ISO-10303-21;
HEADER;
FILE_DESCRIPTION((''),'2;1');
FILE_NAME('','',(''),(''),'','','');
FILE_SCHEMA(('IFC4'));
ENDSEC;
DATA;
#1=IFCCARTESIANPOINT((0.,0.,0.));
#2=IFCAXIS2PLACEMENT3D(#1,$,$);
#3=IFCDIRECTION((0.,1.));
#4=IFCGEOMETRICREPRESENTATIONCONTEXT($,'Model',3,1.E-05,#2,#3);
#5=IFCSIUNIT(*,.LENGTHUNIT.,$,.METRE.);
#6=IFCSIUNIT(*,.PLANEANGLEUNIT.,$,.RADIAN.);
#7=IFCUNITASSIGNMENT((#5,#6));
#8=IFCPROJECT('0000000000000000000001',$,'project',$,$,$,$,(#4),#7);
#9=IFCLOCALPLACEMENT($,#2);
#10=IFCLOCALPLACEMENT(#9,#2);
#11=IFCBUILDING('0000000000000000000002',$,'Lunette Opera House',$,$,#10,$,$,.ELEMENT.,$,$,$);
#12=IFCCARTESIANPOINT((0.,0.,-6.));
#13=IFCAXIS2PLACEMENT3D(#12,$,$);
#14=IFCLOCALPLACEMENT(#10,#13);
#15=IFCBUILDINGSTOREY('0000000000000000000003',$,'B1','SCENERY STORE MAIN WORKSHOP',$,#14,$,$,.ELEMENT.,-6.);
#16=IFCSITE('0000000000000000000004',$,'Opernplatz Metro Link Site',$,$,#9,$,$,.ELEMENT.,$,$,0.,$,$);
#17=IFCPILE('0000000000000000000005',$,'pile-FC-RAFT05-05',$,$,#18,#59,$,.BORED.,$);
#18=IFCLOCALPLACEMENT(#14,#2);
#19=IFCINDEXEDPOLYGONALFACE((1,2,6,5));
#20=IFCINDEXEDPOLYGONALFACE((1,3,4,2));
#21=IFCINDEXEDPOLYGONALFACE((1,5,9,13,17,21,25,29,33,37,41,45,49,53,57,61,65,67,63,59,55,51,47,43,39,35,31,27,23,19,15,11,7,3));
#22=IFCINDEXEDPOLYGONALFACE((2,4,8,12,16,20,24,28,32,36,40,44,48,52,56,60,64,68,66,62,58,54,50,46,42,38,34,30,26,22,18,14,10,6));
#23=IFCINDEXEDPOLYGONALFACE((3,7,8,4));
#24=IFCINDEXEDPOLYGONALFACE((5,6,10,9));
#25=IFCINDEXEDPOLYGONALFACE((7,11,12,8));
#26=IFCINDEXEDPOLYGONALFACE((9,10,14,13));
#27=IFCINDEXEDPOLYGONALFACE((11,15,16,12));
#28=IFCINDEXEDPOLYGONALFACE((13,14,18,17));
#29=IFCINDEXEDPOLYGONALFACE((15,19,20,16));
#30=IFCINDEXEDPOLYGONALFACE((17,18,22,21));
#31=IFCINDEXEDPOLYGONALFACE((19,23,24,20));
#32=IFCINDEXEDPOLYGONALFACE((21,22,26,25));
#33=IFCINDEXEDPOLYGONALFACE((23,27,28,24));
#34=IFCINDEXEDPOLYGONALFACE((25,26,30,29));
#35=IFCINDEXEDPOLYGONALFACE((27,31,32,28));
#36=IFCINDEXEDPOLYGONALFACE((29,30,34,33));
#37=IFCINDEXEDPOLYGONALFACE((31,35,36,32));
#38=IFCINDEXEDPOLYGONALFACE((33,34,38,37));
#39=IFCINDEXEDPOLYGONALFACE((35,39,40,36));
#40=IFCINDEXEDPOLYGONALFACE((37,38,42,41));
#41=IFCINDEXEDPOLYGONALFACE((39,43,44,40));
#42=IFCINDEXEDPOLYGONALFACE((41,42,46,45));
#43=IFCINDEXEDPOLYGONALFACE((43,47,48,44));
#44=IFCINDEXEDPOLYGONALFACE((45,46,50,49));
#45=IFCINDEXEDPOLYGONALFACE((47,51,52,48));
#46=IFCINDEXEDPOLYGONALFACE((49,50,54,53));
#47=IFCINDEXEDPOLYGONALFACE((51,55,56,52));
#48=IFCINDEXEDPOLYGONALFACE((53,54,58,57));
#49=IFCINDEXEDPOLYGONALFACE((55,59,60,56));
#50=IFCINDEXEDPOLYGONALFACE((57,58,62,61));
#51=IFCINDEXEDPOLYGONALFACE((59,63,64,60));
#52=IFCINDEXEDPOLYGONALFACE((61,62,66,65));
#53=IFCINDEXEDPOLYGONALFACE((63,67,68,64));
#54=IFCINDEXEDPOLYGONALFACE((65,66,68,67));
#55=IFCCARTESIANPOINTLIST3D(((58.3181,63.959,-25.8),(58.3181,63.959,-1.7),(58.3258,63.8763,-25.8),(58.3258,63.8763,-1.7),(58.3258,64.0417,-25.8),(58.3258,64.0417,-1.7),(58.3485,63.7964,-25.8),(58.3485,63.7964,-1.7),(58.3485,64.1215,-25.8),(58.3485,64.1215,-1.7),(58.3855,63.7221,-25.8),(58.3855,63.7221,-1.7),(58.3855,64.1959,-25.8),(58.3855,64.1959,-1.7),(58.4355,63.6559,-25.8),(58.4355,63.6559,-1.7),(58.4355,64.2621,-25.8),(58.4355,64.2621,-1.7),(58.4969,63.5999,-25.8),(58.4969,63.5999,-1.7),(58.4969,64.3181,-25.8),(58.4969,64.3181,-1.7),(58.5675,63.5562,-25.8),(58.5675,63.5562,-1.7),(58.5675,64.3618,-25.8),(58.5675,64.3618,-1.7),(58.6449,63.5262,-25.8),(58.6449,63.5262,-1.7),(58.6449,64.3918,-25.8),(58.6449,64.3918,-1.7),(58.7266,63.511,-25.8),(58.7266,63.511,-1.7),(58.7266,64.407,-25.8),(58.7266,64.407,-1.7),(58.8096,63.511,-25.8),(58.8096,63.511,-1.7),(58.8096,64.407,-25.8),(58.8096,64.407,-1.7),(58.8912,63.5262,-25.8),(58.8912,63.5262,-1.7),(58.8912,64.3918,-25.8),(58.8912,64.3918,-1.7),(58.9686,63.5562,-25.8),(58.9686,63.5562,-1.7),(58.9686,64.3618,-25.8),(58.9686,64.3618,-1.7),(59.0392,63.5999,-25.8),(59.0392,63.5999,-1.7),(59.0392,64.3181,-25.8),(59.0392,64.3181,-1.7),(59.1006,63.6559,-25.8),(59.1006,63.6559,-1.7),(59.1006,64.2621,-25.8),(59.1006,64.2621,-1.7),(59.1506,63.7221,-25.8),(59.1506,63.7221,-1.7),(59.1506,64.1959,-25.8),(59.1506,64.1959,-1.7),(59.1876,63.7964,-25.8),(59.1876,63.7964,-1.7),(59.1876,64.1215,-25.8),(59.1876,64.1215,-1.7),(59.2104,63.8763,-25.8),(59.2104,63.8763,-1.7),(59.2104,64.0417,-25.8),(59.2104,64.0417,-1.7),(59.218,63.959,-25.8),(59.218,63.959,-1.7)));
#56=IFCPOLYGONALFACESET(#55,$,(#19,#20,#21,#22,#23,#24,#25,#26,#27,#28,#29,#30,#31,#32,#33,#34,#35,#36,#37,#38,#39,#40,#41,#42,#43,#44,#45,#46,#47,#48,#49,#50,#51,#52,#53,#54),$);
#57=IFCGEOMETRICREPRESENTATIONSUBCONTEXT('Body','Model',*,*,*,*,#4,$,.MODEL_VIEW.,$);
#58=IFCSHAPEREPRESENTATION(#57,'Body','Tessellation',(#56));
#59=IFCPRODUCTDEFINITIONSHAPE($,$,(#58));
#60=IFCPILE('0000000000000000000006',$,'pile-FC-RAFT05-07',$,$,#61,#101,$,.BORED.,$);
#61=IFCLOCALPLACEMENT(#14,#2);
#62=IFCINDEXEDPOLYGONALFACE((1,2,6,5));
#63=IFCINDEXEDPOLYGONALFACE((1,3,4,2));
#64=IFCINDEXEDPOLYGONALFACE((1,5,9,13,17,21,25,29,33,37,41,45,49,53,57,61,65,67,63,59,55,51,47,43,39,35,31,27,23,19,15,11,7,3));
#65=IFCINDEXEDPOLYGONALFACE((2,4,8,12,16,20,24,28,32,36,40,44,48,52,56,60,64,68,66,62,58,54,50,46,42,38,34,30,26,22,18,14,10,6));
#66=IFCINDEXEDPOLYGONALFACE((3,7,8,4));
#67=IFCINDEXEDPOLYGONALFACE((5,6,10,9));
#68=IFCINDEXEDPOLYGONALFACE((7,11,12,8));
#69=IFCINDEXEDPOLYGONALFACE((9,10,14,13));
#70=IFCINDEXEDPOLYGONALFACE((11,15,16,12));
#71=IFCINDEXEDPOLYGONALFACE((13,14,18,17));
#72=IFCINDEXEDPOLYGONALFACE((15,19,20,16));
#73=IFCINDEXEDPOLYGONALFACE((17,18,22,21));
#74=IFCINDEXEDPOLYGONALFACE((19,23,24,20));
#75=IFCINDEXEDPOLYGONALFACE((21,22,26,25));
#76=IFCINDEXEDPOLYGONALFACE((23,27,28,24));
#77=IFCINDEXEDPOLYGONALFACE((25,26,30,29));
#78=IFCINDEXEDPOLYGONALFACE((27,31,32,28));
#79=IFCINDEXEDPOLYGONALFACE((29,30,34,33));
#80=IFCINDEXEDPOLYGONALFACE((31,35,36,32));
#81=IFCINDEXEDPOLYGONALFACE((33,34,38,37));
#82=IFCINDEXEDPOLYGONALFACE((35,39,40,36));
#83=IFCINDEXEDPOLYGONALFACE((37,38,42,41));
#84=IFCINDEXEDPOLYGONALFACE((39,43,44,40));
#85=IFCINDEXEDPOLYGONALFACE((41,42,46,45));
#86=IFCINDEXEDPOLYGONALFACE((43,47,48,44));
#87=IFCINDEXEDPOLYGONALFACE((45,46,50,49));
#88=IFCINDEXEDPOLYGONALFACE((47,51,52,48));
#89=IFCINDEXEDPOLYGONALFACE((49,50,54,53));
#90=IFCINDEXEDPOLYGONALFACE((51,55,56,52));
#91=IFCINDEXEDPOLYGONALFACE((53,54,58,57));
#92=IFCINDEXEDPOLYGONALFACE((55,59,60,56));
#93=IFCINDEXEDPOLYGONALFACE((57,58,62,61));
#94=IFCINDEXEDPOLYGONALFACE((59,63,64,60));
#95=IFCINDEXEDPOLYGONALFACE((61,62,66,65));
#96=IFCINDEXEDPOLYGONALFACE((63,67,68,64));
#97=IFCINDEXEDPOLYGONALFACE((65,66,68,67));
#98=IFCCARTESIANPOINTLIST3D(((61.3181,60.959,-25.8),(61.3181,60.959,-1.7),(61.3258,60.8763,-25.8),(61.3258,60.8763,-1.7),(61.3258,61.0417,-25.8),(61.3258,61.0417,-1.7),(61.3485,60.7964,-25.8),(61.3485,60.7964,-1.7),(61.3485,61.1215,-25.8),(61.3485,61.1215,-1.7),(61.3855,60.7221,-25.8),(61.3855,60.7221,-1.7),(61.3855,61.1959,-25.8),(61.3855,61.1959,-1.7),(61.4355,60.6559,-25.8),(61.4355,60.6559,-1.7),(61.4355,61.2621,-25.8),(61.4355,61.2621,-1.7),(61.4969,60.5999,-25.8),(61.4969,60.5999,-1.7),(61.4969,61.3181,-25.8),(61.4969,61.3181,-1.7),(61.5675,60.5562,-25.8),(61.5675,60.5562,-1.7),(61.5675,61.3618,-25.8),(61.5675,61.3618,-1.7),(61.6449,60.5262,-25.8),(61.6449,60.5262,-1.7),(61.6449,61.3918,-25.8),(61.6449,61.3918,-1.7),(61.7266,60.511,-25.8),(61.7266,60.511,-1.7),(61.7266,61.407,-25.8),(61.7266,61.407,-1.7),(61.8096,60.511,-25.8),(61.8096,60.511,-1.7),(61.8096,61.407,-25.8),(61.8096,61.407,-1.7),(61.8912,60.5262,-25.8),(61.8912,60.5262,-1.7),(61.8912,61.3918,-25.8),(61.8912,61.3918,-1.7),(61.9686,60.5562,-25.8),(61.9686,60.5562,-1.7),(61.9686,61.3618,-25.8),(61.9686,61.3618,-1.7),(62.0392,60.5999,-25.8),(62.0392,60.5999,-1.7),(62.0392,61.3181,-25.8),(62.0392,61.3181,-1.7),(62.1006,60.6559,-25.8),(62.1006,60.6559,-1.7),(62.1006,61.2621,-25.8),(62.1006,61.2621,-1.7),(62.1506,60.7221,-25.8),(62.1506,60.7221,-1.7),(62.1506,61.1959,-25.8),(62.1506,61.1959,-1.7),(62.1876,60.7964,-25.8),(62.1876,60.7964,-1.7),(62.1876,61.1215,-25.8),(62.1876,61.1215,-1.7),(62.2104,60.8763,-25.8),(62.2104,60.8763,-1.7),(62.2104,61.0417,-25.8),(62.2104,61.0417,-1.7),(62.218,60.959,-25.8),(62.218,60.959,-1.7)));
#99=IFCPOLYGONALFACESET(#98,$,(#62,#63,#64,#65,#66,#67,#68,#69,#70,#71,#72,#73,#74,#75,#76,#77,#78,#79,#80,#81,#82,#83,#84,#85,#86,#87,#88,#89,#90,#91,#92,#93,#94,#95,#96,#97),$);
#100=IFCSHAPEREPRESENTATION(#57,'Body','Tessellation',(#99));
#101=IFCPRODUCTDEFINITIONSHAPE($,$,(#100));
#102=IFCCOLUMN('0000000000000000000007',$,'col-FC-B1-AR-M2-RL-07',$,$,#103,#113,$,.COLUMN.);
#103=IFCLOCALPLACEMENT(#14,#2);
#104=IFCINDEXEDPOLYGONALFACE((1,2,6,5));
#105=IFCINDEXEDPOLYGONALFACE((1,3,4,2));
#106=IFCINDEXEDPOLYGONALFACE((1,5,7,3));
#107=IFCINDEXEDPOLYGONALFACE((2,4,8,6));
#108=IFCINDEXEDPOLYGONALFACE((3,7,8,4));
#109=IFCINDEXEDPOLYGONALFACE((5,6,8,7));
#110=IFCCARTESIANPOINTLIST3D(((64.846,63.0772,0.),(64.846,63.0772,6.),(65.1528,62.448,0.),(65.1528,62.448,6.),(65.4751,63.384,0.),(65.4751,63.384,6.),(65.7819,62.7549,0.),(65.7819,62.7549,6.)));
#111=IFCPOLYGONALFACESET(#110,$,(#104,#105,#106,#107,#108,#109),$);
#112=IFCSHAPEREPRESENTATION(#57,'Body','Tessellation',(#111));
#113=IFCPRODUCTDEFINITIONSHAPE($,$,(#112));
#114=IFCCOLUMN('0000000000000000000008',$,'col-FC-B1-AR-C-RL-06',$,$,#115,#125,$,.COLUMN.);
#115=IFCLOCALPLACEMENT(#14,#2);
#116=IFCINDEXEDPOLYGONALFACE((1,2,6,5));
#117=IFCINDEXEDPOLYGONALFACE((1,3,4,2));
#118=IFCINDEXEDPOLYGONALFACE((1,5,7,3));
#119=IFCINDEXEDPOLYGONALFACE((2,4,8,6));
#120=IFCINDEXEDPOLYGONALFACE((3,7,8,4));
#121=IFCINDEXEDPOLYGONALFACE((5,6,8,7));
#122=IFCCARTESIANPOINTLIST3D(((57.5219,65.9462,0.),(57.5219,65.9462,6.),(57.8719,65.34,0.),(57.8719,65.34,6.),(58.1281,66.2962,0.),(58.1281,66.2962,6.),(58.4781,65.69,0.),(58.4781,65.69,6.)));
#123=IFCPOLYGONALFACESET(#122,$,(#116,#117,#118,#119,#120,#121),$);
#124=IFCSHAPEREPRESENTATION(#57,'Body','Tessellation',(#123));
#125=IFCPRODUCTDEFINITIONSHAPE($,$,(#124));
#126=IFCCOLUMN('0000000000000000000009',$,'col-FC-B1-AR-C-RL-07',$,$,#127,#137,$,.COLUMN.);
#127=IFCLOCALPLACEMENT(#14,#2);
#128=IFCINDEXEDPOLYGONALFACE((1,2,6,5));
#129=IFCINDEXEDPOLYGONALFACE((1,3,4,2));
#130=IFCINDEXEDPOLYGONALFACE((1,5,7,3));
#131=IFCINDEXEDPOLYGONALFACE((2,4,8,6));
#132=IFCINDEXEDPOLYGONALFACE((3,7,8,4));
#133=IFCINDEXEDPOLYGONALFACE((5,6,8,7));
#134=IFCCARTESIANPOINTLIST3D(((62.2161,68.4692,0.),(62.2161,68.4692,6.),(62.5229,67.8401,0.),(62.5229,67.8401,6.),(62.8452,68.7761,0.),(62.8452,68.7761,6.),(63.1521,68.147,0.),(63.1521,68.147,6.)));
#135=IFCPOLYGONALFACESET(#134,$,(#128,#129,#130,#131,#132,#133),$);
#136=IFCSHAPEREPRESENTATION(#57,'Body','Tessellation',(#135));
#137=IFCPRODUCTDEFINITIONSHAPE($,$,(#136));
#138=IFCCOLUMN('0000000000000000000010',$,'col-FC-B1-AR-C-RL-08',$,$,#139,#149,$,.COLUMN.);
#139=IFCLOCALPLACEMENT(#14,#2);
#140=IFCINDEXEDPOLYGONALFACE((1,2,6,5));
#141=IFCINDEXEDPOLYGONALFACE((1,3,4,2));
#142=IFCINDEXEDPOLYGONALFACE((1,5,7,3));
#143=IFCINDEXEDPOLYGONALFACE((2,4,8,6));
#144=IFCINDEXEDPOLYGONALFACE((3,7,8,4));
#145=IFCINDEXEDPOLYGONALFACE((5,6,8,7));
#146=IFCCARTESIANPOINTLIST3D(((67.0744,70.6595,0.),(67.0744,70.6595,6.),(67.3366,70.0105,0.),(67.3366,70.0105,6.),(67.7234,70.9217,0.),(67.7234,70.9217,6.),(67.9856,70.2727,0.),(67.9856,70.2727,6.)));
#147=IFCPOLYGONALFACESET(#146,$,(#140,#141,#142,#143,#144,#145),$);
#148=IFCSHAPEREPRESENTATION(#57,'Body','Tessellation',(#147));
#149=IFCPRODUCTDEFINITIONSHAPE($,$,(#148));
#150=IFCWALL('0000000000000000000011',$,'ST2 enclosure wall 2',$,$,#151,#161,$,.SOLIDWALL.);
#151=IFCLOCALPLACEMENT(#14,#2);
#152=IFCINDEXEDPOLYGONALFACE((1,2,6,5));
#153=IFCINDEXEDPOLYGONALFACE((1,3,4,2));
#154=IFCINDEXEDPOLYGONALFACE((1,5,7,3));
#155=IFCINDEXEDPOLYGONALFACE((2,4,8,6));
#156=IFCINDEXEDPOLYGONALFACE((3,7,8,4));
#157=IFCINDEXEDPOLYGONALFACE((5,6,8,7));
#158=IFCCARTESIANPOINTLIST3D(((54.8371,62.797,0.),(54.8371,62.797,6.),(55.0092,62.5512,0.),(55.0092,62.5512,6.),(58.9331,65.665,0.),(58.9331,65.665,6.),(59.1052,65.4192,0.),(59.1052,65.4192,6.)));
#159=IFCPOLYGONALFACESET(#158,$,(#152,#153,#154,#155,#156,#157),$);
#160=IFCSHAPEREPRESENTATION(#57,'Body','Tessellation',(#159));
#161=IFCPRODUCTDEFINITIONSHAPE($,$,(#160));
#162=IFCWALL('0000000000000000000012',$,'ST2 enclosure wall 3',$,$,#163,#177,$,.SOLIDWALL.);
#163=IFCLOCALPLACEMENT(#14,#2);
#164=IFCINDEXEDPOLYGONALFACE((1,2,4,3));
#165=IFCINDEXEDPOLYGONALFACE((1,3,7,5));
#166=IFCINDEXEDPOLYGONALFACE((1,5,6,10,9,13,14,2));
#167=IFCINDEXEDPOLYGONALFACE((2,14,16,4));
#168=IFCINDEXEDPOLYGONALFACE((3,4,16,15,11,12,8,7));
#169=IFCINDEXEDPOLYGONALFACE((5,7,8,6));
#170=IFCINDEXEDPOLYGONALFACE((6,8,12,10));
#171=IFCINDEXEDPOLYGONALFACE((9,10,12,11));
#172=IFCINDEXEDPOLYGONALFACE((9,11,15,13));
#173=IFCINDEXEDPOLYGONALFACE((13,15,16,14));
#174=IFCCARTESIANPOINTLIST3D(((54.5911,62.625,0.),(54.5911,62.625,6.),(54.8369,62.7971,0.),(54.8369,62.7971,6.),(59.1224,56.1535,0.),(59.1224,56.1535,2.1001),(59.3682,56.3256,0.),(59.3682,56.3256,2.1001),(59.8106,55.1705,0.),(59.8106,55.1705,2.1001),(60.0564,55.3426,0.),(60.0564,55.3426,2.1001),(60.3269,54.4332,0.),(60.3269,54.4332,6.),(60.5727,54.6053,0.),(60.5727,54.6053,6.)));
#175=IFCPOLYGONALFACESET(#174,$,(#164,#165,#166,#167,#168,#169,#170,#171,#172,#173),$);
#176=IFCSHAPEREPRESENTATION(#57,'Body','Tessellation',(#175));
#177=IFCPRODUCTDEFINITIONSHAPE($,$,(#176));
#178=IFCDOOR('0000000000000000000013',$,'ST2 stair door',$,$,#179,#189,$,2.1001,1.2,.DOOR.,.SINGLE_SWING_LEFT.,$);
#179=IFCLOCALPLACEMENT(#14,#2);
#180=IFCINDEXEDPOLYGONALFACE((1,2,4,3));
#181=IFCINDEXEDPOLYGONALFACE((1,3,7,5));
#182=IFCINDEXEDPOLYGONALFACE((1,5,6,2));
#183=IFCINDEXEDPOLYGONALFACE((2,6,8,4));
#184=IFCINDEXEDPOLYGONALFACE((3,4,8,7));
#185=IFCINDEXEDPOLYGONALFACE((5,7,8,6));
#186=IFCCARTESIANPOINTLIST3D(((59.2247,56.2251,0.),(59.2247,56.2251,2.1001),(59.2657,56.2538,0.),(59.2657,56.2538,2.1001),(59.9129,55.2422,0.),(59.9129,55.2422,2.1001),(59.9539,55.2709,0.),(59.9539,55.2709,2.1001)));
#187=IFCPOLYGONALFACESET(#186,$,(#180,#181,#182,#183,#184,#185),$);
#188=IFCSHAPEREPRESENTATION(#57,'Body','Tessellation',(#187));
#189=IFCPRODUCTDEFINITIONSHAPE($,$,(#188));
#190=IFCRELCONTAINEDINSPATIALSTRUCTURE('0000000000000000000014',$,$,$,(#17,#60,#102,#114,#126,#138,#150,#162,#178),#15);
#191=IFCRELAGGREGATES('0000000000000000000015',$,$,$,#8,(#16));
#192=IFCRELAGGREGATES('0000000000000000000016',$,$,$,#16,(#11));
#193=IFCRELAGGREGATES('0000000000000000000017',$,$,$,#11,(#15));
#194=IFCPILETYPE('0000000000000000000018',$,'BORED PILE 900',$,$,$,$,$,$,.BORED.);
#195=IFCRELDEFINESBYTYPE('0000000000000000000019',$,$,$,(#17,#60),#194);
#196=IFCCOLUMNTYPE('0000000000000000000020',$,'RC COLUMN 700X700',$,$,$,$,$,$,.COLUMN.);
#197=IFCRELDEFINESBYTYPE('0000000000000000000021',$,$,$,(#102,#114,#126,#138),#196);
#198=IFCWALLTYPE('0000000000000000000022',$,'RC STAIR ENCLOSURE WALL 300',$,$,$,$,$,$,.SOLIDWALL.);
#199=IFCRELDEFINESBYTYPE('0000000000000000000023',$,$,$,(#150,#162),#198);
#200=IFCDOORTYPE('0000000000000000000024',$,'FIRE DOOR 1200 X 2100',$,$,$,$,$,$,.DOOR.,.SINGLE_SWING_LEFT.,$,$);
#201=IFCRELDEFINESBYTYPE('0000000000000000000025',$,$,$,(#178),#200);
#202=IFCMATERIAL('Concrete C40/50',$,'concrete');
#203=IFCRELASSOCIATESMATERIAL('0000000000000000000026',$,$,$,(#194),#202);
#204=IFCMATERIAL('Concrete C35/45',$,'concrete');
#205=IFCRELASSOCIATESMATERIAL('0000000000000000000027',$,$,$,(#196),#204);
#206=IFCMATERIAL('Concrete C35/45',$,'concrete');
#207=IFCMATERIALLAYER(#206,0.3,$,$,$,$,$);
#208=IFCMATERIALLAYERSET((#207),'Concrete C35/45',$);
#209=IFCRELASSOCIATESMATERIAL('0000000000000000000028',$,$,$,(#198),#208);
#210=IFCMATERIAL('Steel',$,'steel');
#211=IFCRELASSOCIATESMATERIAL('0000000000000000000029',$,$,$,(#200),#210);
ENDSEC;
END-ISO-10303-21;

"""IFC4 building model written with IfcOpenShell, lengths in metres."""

from ifc_helpers import new_model, si_unit, direction, frame, frame_2d, origin, origin_2d, place, context, subcontext, project, spatial, rectangle, circle, extrude, material, layer, layer_set, material_profile, profile_set, type_object, element, fill, save


model = new_model("IFC4")

# Units and contexts
model_context = context("Model", 3, precision=1e-05, world=origin(), true_north=direction((0.0, 1.0)))
body_context = subcontext(model_context, "Body", "Model", "MODEL_VIEW")
ifc_project = project(units=[si_unit("LENGTHUNIT", "METRE"), si_unit("PLANEANGLEUNIT", "RADIAN")], contexts=[model_context])

# Site, building, storey
site_placement = place(None, origin())
site = spatial("IfcSite", under=ifc_project, at=site_placement, Name="Opernplatz Metro Link Site", CompositionType="ELEMENT", RefElevation=0.0)
building_placement = place(site_placement, origin())
building = spatial("IfcBuilding", under=site, at=building_placement, Name="Lunette Opera House", CompositionType="ELEMENT")
storey_placement = place(building_placement, frame((0.0, 0.0, -6.0)))
storey = spatial("IfcBuildingStorey", under=building, at=storey_placement, Name="B1", Description="SCENERY STORE MAIN WORKSHOP", CompositionType="ELEMENT", Elevation=-6.0)

# Piles
ifc_material_1 = material(Name="Concrete C40/50", Category="concrete")
ifc_material_profile_1 = material_profile(ifc_material_1, circle(Radius=0.45, at=origin_2d()), Name="BORED PILE 900")
ifc_profile_set_1 = profile_set([ifc_material_profile_1], Name="Concrete C40/50")
pile_type = type_object("IfcPileType", Name="BORED PILE 900", PredefinedType="BORED", material=ifc_profile_set_1)
for number, where, z_axis, x_axis, name in (
    (1, (58.7681, 63.959, -1.7), (0.0, 0.0, -1.0), (1.0, 0.0, 0.0), "pile-FC-RAFT05-05"),
    (2, (61.7681, 60.959, -1.7), (0.0, 0.0, -1.0), (1.0, 0.0, 0.0), "pile-FC-RAFT05-07"),
):
    element("IfcPile", number, at=place(storey_placement, frame(where, z_axis=z_axis, x_axis=x_axis)), inside=storey, type_object=pile_type, Name=name, PredefinedType="BORED", context=body_context, shape_type="SweptSolid", body=[
        extrude(circle(Radius=0.45, at=origin_2d()), origin(), (0.0, 0.0, 1.0), 24.1001),
    ])

# Columns
ifc_material_2 = material(Name="Concrete C35/45", Category="concrete")
ifc_material_profile_2 = material_profile(ifc_material_2, rectangle(XDim=0.7, YDim=0.7, at=origin_2d()), Name="RC COLUMN 700X700")
ifc_profile_set_2 = profile_set([ifc_material_profile_2], Name="Concrete C35/45")
column_type = type_object("IfcColumnType", Name="RC COLUMN 700X700", PredefinedType="COLUMN", material=ifc_profile_set_2)
for number, where, z_axis, x_axis, name in (
    (3, (65.314, 62.916, 0.0), (0.0, 0.0, 1.0), (0.898794, 0.438371, 0.0), "col-FC-B1-AR-M2-RL-07"),
    (4, (58.0, 65.8181, 0.0), (0.0, 0.0, 1.0), (0.866025, 0.5, 0.0), "col-FC-B1-AR-C-RL-06"),
    (5, (62.6841, 68.3081, 0.0), (0.0, 0.0, 1.0), (0.898794, 0.438371, 0.0), "col-FC-B1-AR-C-RL-07"),
    (6, (67.53, 70.4661, 0.0), (0.0, 0.0, 1.0), (0.927184, 0.374607, 0.0), "col-FC-B1-AR-C-RL-08"),
):
    element("IfcColumn", number, at=place(storey_placement, frame(where, z_axis=z_axis, x_axis=x_axis)), inside=storey, type_object=column_type, Name=name, PredefinedType="COLUMN", context=body_context, shape_type="SweptSolid", body=[
        extrude(rectangle(XDim=0.7, YDim=0.7, at=origin_2d()), origin(), (0.0, 0.0, 1.0), 6.0),
    ])

# Wall
ifc_material_3 = material(Name="Concrete C35/45", Category="concrete")
ifc_layer = layer(ifc_material_3, 0.3)
ifc_layer_set = layer_set([ifc_layer], Name="Concrete C35/45")
wall_type = type_object("IfcWallType", Name="RC STAIR ENCLOSURE WALL 300", PredefinedType="SOLIDWALL", material=ifc_layer_set)
wall_1_placement = place(storey_placement, frame((59.019, 65.542, 0.0), z_axis=(0.0, 0.0, 1.0), x_axis=(-0.819161, -0.573564, 0.0)))
element("IfcWall", 7, at=wall_1_placement, inside=storey, type_object=wall_type, Name="ST2 enclosure wall 2", PredefinedType="SOLIDWALL", context=body_context, shape_type="SweptSolid", body=[
    extrude(rectangle(XDim=5.0002, YDim=0.3, at=frame_2d((2.5, 0.0))), origin(), (0.0, 0.0, 1.0), 6.0),
])

# Wall, opening, door
wall_2_placement = place(storey_placement, frame((54.7141, 62.7109, 0.0), z_axis=(0.0, 0.0, 1.0), x_axis=(0.573564, -0.819161, 0.0)))
wall_2 = element("IfcWall", 8, at=wall_2_placement, inside=storey, type_object=wall_type, Name="ST2 enclosure wall 3", PredefinedType="SOLIDWALL", context=body_context, shape_type="SweptSolid", body=[
    extrude(rectangle(XDim=10.0002, YDim=0.3, at=frame_2d((5.0, 0.0))), origin(), (0.0, 0.0, 1.0), 6.0),
])
opening_placement = place(wall_2_placement, frame((7.8999, 0.0, 0.0)))
opening = element("IfcOpeningElement", 9, at=opening_placement, cuts=wall_2, PredefinedType="OPENING", context=body_context, shape_type="SweptSolid", body=[
    extrude(rectangle(XDim=1.2, YDim=2.1001, at=frame_2d((0.6001, 1.05))), frame((0.0, 0.1621, 0.0), z_axis=(0.0, -1.0, 0.0), x_axis=(1.0, 0.0, 0.0)), (0.0, 0.0, 1.0), 0.324),
])
ifc_material_4 = material(Name="Steel", Category="steel")
door_type = type_object("IfcDoorType", Name="FIRE DOOR 1200 X 2100", OperationType="SINGLE_SWING_LEFT", PredefinedType="DOOR", material=ifc_material_4)
door_placement = place(opening_placement, origin())
door = element("IfcDoor", 10, at=door_placement, inside=storey, type_object=door_type, Name="ST2 stair door", OperationType="SINGLE_SWING_LEFT", OverallHeight=2.1001, OverallWidth=1.2, PredefinedType="DOOR", context=body_context, shape_type="SweptSolid", body=[
    extrude(rectangle(XDim=1.2, YDim=2.1001, at=frame_2d((0.6001, 1.05))), frame((0.0, 0.0249, 0.0), z_axis=(0.0, -1.0, 0.0), x_axis=(1.0, 0.0, 0.0)), (0.0, 0.0, 1.0), 0.05),
])
fill(opening, door)

save(model, "model.ifc")
